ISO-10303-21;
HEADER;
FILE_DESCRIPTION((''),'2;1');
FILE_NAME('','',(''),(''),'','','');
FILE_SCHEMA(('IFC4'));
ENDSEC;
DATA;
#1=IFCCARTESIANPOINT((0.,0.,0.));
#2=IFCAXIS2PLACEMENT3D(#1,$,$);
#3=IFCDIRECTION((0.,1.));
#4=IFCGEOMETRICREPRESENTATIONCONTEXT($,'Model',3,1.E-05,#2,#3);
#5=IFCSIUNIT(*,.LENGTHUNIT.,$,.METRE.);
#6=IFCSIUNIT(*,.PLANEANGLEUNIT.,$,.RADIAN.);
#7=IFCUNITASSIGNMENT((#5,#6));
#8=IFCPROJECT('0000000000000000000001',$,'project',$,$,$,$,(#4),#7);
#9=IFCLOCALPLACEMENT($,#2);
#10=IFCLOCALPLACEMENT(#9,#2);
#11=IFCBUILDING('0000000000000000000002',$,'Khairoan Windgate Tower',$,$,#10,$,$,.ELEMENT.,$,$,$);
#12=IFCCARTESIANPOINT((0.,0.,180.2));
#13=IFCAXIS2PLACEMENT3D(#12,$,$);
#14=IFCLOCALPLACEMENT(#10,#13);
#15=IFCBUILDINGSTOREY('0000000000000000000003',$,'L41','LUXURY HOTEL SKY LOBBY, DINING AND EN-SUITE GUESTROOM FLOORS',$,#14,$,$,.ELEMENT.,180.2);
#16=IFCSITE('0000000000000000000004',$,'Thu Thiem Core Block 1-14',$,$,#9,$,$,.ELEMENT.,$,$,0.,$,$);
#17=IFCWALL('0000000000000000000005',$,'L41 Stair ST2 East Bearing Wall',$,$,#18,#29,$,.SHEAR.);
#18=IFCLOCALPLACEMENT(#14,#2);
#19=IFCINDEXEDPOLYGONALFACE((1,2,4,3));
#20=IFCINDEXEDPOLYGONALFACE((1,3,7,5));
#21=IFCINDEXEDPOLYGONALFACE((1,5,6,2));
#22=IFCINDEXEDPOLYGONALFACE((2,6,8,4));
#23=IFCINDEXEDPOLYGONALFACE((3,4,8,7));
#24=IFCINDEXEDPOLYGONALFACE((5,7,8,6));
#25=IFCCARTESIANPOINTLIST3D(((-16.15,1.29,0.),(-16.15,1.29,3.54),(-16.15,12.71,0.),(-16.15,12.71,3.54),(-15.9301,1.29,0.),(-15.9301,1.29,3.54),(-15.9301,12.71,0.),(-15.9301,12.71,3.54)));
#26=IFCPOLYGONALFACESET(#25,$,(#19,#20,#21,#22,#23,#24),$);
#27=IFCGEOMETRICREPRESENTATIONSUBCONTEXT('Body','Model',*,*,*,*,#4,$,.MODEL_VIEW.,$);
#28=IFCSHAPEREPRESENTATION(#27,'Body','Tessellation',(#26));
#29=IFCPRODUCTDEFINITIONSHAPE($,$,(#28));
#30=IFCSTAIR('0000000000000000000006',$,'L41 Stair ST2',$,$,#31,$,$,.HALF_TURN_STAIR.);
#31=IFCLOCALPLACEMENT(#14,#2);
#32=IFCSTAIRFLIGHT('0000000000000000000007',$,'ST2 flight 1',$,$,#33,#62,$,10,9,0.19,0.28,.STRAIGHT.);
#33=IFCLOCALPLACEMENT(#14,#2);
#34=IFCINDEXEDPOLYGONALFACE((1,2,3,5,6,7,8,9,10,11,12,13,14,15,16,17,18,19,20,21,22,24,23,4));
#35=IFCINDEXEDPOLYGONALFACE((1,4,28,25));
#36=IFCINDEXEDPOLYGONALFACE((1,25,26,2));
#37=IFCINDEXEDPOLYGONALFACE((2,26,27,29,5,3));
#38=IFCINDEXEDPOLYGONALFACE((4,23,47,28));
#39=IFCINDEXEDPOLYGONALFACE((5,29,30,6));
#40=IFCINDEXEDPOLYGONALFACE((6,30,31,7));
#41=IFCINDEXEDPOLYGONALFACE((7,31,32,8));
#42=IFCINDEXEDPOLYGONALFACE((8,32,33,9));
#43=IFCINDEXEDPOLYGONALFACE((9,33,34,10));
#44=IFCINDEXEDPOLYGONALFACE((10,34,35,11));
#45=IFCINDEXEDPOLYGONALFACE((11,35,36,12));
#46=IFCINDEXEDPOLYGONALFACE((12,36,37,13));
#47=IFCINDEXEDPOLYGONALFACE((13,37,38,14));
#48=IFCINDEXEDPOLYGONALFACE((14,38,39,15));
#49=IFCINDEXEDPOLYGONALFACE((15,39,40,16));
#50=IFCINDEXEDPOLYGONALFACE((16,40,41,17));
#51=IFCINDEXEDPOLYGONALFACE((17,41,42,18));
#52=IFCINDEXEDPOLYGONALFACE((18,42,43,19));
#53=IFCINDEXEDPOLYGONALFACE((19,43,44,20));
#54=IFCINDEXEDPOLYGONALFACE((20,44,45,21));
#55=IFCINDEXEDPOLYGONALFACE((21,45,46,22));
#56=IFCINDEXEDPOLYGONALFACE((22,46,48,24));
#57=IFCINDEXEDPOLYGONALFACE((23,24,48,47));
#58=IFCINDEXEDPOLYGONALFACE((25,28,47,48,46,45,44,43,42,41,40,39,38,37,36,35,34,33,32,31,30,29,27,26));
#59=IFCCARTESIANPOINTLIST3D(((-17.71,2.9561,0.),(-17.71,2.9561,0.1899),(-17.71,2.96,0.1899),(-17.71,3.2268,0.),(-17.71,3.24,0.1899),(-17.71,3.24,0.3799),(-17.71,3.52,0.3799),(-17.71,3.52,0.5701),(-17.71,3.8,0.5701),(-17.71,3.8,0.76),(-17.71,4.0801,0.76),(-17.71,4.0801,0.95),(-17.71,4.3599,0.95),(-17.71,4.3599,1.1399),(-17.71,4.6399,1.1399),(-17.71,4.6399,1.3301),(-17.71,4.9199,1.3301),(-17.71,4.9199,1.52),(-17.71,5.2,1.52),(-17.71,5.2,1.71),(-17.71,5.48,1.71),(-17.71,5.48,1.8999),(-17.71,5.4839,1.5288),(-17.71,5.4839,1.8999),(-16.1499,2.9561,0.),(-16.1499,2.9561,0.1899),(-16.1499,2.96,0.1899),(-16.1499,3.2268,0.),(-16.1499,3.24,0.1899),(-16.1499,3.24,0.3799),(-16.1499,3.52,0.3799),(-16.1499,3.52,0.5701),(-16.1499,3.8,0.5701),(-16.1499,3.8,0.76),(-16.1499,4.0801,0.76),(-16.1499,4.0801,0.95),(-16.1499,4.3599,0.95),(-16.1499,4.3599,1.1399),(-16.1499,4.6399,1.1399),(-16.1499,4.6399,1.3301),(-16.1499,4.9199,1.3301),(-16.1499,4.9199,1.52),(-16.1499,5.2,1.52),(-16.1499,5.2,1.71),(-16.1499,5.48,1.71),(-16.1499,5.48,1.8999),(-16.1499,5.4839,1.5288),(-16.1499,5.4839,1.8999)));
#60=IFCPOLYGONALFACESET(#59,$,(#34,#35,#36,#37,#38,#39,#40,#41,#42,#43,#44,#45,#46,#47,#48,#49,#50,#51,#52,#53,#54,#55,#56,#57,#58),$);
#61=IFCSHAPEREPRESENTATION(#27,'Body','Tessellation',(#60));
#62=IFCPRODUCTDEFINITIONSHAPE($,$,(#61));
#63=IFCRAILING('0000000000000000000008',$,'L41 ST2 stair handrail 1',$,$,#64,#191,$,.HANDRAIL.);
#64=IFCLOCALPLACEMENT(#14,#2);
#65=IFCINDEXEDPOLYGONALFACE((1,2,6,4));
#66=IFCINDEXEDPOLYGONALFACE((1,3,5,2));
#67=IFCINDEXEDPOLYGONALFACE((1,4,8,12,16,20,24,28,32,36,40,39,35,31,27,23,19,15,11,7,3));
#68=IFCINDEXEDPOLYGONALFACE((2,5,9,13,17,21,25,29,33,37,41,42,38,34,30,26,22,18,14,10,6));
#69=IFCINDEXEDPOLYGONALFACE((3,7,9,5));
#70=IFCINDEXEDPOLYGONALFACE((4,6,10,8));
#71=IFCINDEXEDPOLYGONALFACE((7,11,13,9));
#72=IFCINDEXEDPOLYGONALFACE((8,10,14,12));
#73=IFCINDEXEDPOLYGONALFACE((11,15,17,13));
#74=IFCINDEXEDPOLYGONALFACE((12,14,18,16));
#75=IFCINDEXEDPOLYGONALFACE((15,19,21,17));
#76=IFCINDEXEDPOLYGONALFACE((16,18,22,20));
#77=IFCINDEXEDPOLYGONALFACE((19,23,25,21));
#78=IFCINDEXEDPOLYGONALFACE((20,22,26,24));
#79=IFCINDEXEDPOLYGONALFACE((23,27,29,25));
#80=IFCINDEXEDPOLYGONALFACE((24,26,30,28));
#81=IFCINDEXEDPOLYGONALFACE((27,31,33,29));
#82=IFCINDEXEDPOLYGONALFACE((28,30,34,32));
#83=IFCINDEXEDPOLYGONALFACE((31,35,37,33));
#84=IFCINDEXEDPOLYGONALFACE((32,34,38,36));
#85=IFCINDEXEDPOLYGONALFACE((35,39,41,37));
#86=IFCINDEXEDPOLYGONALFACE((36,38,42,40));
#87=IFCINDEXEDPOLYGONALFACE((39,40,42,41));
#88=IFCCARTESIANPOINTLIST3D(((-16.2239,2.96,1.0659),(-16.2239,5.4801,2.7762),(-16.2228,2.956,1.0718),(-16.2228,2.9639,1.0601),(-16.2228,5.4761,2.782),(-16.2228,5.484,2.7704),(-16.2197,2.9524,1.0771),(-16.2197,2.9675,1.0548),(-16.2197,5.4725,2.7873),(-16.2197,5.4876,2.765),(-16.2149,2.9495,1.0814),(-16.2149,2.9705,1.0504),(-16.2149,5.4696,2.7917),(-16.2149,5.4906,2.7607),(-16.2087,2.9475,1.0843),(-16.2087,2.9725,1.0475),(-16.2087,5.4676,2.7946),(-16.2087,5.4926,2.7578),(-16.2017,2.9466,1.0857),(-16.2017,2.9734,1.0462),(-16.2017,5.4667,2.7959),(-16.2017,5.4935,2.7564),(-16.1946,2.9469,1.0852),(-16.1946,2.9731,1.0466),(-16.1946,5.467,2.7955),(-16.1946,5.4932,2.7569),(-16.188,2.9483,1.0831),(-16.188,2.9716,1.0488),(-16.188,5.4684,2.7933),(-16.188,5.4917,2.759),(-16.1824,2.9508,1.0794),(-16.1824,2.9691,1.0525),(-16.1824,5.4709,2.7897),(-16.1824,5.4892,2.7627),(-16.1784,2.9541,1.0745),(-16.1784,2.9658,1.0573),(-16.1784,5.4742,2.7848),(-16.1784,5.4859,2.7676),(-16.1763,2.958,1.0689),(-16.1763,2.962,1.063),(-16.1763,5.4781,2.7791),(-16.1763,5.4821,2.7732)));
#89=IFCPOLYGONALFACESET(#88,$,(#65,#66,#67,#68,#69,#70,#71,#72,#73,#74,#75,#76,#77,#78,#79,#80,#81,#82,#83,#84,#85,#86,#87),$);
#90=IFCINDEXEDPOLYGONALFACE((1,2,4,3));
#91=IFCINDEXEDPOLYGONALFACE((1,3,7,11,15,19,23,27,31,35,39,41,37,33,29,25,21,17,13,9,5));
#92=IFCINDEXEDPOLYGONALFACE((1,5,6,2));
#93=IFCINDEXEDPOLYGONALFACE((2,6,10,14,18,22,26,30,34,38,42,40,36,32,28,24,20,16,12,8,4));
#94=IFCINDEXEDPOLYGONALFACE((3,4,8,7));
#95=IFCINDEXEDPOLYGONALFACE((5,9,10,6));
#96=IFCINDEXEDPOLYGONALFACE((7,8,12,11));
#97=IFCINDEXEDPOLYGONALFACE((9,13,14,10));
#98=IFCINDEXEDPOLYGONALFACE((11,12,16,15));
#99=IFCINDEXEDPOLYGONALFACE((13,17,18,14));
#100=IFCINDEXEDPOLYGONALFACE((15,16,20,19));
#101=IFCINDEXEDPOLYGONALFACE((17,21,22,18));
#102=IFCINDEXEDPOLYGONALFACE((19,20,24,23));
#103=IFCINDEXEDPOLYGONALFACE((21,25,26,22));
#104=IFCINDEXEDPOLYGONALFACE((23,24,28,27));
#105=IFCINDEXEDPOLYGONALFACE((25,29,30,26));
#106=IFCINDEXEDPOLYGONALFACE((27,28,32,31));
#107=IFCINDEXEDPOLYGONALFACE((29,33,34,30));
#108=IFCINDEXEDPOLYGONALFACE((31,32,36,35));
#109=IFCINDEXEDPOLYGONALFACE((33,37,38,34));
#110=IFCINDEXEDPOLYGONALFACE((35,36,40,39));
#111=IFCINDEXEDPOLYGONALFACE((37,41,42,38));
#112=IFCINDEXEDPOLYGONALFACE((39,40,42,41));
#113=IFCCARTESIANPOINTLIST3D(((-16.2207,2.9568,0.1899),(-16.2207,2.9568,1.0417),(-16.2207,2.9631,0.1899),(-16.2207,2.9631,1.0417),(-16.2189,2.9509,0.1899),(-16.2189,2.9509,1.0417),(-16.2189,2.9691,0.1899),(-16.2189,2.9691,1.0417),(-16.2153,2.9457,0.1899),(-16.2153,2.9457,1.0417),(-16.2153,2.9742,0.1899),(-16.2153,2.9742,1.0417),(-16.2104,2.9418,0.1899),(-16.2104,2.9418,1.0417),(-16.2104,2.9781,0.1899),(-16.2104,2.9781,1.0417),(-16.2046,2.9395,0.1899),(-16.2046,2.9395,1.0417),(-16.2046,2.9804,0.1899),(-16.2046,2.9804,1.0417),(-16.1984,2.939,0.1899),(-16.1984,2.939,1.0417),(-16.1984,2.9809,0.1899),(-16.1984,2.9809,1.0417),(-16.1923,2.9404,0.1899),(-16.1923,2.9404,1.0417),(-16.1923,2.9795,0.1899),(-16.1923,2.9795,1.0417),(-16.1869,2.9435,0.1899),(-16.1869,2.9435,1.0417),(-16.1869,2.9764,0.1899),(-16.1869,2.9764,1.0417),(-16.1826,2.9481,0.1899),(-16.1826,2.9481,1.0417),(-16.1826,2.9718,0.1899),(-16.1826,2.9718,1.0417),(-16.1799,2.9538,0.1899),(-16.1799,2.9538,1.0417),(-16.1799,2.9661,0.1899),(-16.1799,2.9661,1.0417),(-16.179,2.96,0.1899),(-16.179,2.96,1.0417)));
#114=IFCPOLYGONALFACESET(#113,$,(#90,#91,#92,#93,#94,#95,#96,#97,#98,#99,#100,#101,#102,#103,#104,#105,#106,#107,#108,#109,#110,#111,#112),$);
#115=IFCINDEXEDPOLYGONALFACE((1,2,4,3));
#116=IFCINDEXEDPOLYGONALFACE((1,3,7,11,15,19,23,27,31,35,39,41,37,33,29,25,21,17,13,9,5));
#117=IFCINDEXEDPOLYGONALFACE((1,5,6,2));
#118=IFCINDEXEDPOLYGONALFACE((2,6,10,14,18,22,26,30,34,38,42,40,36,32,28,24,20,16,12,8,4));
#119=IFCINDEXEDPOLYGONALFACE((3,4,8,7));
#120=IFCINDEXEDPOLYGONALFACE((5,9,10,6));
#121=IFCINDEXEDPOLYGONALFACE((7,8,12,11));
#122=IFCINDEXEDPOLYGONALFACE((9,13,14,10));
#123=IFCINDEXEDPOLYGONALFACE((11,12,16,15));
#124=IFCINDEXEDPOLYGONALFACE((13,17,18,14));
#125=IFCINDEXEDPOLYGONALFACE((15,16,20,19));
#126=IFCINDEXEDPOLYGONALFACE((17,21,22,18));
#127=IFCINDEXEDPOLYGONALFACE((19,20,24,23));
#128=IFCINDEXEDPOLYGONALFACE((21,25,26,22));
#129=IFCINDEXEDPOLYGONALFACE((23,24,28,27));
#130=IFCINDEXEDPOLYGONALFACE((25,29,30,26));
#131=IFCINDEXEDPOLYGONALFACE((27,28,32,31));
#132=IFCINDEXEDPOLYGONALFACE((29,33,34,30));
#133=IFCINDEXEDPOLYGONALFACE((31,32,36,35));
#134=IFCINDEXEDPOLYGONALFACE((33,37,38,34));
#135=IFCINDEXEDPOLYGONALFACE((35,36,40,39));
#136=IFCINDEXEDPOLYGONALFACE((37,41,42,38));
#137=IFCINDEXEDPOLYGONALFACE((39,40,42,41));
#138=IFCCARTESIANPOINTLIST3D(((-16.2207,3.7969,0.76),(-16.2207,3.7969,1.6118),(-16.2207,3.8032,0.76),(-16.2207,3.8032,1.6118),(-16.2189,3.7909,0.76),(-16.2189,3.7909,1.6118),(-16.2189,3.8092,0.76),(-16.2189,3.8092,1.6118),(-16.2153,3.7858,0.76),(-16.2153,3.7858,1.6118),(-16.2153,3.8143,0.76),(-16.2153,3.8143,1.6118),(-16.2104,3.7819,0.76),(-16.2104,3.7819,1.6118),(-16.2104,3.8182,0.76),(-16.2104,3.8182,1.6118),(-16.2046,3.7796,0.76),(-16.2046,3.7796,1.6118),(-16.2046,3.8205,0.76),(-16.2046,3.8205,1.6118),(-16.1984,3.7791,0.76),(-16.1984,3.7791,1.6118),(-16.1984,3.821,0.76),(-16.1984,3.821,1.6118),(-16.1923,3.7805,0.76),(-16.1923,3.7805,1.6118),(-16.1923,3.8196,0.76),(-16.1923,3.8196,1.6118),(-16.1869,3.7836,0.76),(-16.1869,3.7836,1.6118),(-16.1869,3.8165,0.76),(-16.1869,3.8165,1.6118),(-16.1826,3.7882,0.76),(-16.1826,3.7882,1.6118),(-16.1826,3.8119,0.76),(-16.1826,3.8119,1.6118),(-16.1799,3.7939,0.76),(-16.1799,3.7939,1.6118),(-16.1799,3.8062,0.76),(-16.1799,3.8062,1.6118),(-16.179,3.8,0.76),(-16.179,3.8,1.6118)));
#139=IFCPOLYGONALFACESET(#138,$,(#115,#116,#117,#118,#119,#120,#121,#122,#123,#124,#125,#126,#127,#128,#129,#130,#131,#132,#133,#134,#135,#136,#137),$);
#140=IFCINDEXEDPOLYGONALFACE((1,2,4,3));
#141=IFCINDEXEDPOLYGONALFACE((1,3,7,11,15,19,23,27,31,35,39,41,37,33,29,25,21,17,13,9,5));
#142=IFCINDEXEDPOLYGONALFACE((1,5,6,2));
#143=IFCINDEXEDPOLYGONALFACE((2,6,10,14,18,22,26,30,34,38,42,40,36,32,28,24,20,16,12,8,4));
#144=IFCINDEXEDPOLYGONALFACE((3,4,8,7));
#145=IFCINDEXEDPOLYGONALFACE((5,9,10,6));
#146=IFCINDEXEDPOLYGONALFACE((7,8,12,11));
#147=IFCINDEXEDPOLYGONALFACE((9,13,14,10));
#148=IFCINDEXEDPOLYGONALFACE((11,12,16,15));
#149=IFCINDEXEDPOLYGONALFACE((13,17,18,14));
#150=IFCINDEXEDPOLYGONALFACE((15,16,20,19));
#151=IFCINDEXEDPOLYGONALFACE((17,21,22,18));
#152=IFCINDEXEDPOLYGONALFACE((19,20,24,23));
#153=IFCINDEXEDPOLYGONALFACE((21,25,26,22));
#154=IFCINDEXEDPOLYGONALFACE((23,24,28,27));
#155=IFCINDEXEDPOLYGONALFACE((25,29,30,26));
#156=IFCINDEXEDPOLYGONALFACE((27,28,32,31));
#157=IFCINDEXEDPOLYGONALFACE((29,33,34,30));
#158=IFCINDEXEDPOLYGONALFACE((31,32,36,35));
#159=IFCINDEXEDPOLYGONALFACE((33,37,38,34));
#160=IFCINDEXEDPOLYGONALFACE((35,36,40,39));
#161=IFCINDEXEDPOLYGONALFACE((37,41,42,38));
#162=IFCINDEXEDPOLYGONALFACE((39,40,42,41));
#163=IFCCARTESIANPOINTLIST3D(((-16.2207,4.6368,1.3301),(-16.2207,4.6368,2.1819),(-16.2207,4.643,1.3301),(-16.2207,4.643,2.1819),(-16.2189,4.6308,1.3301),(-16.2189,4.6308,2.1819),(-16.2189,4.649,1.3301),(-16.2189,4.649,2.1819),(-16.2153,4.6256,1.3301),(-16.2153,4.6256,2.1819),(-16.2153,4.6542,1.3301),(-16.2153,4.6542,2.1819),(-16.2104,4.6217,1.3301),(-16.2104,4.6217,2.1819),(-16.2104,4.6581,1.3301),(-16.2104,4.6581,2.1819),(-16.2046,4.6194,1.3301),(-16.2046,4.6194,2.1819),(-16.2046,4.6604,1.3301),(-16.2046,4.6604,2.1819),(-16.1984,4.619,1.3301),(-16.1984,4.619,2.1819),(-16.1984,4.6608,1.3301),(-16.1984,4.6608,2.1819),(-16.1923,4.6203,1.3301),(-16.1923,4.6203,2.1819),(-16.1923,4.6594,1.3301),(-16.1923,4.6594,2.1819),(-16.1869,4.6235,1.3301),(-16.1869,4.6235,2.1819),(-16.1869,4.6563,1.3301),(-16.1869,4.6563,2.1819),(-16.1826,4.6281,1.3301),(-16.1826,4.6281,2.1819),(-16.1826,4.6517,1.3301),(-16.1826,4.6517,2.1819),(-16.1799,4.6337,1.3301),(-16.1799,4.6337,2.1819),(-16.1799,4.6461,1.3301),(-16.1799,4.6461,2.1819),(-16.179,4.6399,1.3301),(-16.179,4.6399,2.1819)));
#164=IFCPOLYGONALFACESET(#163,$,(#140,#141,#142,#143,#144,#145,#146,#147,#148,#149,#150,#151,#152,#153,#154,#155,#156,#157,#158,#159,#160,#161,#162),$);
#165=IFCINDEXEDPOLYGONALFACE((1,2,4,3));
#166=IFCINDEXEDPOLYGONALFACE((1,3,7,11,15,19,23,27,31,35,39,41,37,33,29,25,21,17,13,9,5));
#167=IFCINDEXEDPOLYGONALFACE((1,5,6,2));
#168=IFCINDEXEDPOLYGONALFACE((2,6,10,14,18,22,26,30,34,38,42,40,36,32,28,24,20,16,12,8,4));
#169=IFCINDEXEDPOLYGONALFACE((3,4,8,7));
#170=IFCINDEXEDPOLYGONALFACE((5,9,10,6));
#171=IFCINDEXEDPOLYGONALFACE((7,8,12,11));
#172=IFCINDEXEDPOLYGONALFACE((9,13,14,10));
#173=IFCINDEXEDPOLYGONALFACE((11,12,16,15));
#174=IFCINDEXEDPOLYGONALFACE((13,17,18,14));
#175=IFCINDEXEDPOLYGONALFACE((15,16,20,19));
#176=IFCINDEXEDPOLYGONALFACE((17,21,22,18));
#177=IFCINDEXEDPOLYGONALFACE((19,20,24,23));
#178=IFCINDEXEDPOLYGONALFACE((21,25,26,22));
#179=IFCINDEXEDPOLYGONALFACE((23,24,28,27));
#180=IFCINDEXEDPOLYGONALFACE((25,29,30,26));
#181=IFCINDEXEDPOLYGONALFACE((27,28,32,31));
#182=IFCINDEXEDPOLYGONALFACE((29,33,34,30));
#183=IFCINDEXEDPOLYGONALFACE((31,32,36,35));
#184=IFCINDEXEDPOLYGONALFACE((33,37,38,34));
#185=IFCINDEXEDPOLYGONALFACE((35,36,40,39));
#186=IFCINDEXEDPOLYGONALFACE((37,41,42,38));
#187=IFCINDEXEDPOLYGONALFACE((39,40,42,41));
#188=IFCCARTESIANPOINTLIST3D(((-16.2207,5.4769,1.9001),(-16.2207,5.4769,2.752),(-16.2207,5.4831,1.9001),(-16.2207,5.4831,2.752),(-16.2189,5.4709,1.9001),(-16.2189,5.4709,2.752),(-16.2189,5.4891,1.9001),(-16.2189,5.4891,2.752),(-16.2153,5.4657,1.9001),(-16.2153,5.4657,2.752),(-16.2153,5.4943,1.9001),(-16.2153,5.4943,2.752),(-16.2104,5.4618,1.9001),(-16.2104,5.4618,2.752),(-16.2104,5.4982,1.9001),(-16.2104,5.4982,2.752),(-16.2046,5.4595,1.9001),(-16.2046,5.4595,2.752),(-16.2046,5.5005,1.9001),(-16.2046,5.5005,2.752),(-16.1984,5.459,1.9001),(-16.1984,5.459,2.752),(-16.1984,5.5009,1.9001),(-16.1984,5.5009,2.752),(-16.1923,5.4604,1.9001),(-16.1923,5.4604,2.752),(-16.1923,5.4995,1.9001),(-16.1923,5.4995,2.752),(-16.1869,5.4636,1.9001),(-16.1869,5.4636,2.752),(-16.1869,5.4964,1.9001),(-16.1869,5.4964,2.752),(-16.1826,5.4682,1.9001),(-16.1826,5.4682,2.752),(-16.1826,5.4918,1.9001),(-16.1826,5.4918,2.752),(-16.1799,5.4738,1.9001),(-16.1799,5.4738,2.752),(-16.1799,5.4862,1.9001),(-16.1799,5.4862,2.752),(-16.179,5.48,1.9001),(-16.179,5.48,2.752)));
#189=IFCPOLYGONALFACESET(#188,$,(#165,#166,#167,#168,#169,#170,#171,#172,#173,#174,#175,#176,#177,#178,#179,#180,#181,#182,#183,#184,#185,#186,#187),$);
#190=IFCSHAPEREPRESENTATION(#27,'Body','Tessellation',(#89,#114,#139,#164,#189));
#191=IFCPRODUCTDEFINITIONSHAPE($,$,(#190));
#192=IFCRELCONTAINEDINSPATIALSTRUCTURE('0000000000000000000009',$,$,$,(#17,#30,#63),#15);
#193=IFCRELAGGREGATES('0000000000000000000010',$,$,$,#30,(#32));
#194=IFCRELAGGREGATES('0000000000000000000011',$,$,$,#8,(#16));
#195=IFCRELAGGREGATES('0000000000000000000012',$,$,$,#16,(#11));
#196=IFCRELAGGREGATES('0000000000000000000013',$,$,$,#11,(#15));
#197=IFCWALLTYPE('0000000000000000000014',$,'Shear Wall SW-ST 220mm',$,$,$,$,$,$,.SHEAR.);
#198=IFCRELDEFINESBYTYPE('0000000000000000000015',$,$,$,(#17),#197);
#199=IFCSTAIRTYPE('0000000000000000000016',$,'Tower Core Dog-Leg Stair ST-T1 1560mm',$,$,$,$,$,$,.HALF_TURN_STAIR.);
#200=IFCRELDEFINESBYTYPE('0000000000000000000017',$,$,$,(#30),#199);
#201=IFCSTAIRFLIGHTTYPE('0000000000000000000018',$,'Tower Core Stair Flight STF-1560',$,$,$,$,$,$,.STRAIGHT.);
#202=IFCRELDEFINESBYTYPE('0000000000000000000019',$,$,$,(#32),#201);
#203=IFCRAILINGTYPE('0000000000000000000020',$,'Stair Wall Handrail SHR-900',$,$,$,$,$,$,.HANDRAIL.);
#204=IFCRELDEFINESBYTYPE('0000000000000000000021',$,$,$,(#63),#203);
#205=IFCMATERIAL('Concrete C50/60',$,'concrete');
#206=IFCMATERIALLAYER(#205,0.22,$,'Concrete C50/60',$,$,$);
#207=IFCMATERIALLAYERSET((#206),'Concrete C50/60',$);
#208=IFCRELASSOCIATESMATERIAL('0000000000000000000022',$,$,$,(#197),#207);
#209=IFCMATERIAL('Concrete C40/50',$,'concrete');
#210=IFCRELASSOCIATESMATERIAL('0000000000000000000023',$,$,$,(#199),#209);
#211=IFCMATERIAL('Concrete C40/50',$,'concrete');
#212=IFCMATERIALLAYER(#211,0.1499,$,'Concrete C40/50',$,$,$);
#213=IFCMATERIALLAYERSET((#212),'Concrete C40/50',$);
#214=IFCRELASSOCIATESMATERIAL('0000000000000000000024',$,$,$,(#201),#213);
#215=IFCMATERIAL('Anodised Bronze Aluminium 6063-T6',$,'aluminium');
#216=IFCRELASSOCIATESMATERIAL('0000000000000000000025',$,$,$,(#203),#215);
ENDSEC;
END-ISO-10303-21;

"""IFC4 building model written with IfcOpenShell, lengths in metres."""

from ifc_helpers import new_model, si_unit, direction, frame, frame_2d, origin, origin_2d, place, context, subcontext, project, spatial, polyline, rectangle, circle, outline, extrude, material, layer, layer_set, type_object, element, aggregate, save


model = new_model("IFC4")

# Units and contexts
model_context = context("Model", 3, precision=1e-05, world=origin(), true_north=direction((0.0, 1.0)))
body_context = subcontext(model_context, "Body", "Model", "MODEL_VIEW")
ifc_project = project(units=[si_unit("LENGTHUNIT", "METRE"), si_unit("PLANEANGLEUNIT", "RADIAN")], contexts=[model_context])

# Site, building, storey
site_placement = place(None, origin())
site = spatial("IfcSite", under=ifc_project, at=site_placement, Name="Thu Thiem Core Block 1-14", CompositionType="ELEMENT", RefElevation=0.0)
building_placement = place(site_placement, origin())
building = spatial("IfcBuilding", under=site, at=building_placement, Name="Khairoan Windgate Tower", CompositionType="ELEMENT")
storey_placement = place(building_placement, frame((0.0, 0.0, 180.2)))
storey = spatial("IfcBuildingStorey", under=building, at=storey_placement, Name="L41", Description="LUXURY HOTEL SKY LOBBY, DINING AND EN-SUITE GUESTROOM FLOORS", CompositionType="ELEMENT", Elevation=180.2)

# Wall
ifc_material_1 = material(Name="Concrete C50/60", Category="concrete")
ifc_layer_1 = layer(ifc_material_1, 0.22, Name="Concrete C50/60")
ifc_layer_set_1 = layer_set([ifc_layer_1], Name="Concrete C50/60")
wall_type_1 = type_object("IfcWallType", Name="Shear Wall SW-ST 220mm", PredefinedType="SHEAR", material=ifc_layer_set_1)
wall_1_placement = place(storey_placement, frame((-16.04, 1.29, 0.0), z_axis=(0.0, 0.0, 1.0), x_axis=(0.0, 1.0, 0.0)))
element("IfcWall", 1, at=wall_1_placement, inside=storey, type_object=wall_type_1, Name="L41 Stair ST2 East Bearing Wall", PredefinedType="SHEAR", context=body_context, shape_type="SweptSolid", body=[
    extrude(rectangle(XDim=11.4199, YDim=0.22, at=frame_2d((5.71, 0.0))), origin(), (0.0, 0.0, 1.0), 3.54),
])

# Stair, stair flight
ifc_material_2 = material(Name="Concrete C40/50", Category="concrete")
stair_type = type_object("IfcStairType", Name="Tower Core Dog-Leg Stair ST-T1 1560mm", PredefinedType="HALF_TURN_STAIR", material=ifc_material_2)
stair_placement = place(storey_placement, origin())
stair = element("IfcStair", 2, at=stair_placement, inside=storey, type_object=stair_type, Name="L41 Stair ST2", PredefinedType="HALF_TURN_STAIR")
ifc_material_3 = material(Name="Concrete C40/50", Category="concrete")
ifc_layer_2 = layer(ifc_material_3, 0.1499, Name="Concrete C40/50")
ifc_layer_set_2 = layer_set([ifc_layer_2], Name="Concrete C40/50")
stair_flight_type = type_object("IfcStairFlightType", Name="Tower Core Stair Flight STF-1560", PredefinedType="STRAIGHT", material=ifc_layer_set_2)
stair_flight_placement = place(storey_placement, frame((-16.9299, 2.96, 0.0), z_axis=(0.0, 0.0, 1.0), x_axis=(0.0, 1.0, 0.0)))
stair_flight = element("IfcStairFlight", 3, at=stair_flight_placement, type_object=stair_flight_type, Name="ST2 flight 1", NumberOfRisers=10, NumberOfTreads=9, PredefinedType="STRAIGHT", RiserHeight=0.19, TreadLength=0.28, context=body_context, shape_type="SweptSolid", body=[
    extrude(outline(polyline([(-0.0039, 0.0), (-0.0039, 0.1899), (0.0, 0.1899), (0.28, 0.1899), (0.28, 0.3799), (0.5601, 0.3799), (0.5601, 0.5701), (0.8401, 0.5701), (0.8401, 0.76), (1.1201, 0.76), (1.1201, 0.95), (1.3999, 0.95), (1.3999, 1.1399), (1.6799, 1.1399), (1.6799, 1.3301), (1.96, 1.3301), (1.96, 1.52), (2.24, 1.52), (2.24, 1.71), (2.52, 1.71), (2.52, 1.8999), (2.5239, 1.8999), (2.5239, 1.5288), (0.2668, 0.0), (-0.0039, 0.0)])), frame((0.0, 0.78, 0.0), z_axis=(0.0, -1.0, 0.0), x_axis=(1.0, 0.0, 0.0)), (0.0, 0.0, 1.0), 1.5601),
])
aggregate(stair, [stair_flight])

# Railing
ifc_material_4 = material(Name="Anodised Bronze Aluminium 6063-T6", Category="aluminium")
railing_type_1 = type_object("IfcRailingType", Name="Stair Wall Handrail SHR-900", PredefinedType="HANDRAIL", material=ifc_material_4)
railing_1_placement = place(storey_placement, frame((-16.2, 2.96, 0.1899)))
element("IfcRailing", 4, at=railing_1_placement, inside=storey, type_object=railing_type_1, Name="L41 ST2 stair handrail 1", PredefinedType="HANDRAIL", context=body_context, shape_type="SweptSolid", body=[
    extrude(circle(Radius=0.0239, at=origin_2d()), frame((0.0, 0.0, 0.876), z_axis=(0.0, 0.827447, 0.561545), x_axis=(-1.0, 0.0, 0.0)), (0.0, 0.0, 1.0), 3.0457),
    extrude(circle(Radius=0.021, at=origin_2d()), origin(), (0.0, 0.0, 1.0), 0.8518),
    extrude(circle(Radius=0.021, at=origin_2d()), frame((0.0, 0.8401, 0.5701)), (0.0, 0.0, 1.0), 0.8518),
    extrude(circle(Radius=0.021, at=origin_2d()), frame((0.0, 1.6799, 1.1401)), (0.0, 0.0, 1.0), 0.8518),
    extrude(circle(Radius=0.021, at=origin_2d()), frame((0.0, 2.52, 1.7102)), (0.0, 0.0, 1.0), 0.8518),
])

save(model, "model.ifc")
